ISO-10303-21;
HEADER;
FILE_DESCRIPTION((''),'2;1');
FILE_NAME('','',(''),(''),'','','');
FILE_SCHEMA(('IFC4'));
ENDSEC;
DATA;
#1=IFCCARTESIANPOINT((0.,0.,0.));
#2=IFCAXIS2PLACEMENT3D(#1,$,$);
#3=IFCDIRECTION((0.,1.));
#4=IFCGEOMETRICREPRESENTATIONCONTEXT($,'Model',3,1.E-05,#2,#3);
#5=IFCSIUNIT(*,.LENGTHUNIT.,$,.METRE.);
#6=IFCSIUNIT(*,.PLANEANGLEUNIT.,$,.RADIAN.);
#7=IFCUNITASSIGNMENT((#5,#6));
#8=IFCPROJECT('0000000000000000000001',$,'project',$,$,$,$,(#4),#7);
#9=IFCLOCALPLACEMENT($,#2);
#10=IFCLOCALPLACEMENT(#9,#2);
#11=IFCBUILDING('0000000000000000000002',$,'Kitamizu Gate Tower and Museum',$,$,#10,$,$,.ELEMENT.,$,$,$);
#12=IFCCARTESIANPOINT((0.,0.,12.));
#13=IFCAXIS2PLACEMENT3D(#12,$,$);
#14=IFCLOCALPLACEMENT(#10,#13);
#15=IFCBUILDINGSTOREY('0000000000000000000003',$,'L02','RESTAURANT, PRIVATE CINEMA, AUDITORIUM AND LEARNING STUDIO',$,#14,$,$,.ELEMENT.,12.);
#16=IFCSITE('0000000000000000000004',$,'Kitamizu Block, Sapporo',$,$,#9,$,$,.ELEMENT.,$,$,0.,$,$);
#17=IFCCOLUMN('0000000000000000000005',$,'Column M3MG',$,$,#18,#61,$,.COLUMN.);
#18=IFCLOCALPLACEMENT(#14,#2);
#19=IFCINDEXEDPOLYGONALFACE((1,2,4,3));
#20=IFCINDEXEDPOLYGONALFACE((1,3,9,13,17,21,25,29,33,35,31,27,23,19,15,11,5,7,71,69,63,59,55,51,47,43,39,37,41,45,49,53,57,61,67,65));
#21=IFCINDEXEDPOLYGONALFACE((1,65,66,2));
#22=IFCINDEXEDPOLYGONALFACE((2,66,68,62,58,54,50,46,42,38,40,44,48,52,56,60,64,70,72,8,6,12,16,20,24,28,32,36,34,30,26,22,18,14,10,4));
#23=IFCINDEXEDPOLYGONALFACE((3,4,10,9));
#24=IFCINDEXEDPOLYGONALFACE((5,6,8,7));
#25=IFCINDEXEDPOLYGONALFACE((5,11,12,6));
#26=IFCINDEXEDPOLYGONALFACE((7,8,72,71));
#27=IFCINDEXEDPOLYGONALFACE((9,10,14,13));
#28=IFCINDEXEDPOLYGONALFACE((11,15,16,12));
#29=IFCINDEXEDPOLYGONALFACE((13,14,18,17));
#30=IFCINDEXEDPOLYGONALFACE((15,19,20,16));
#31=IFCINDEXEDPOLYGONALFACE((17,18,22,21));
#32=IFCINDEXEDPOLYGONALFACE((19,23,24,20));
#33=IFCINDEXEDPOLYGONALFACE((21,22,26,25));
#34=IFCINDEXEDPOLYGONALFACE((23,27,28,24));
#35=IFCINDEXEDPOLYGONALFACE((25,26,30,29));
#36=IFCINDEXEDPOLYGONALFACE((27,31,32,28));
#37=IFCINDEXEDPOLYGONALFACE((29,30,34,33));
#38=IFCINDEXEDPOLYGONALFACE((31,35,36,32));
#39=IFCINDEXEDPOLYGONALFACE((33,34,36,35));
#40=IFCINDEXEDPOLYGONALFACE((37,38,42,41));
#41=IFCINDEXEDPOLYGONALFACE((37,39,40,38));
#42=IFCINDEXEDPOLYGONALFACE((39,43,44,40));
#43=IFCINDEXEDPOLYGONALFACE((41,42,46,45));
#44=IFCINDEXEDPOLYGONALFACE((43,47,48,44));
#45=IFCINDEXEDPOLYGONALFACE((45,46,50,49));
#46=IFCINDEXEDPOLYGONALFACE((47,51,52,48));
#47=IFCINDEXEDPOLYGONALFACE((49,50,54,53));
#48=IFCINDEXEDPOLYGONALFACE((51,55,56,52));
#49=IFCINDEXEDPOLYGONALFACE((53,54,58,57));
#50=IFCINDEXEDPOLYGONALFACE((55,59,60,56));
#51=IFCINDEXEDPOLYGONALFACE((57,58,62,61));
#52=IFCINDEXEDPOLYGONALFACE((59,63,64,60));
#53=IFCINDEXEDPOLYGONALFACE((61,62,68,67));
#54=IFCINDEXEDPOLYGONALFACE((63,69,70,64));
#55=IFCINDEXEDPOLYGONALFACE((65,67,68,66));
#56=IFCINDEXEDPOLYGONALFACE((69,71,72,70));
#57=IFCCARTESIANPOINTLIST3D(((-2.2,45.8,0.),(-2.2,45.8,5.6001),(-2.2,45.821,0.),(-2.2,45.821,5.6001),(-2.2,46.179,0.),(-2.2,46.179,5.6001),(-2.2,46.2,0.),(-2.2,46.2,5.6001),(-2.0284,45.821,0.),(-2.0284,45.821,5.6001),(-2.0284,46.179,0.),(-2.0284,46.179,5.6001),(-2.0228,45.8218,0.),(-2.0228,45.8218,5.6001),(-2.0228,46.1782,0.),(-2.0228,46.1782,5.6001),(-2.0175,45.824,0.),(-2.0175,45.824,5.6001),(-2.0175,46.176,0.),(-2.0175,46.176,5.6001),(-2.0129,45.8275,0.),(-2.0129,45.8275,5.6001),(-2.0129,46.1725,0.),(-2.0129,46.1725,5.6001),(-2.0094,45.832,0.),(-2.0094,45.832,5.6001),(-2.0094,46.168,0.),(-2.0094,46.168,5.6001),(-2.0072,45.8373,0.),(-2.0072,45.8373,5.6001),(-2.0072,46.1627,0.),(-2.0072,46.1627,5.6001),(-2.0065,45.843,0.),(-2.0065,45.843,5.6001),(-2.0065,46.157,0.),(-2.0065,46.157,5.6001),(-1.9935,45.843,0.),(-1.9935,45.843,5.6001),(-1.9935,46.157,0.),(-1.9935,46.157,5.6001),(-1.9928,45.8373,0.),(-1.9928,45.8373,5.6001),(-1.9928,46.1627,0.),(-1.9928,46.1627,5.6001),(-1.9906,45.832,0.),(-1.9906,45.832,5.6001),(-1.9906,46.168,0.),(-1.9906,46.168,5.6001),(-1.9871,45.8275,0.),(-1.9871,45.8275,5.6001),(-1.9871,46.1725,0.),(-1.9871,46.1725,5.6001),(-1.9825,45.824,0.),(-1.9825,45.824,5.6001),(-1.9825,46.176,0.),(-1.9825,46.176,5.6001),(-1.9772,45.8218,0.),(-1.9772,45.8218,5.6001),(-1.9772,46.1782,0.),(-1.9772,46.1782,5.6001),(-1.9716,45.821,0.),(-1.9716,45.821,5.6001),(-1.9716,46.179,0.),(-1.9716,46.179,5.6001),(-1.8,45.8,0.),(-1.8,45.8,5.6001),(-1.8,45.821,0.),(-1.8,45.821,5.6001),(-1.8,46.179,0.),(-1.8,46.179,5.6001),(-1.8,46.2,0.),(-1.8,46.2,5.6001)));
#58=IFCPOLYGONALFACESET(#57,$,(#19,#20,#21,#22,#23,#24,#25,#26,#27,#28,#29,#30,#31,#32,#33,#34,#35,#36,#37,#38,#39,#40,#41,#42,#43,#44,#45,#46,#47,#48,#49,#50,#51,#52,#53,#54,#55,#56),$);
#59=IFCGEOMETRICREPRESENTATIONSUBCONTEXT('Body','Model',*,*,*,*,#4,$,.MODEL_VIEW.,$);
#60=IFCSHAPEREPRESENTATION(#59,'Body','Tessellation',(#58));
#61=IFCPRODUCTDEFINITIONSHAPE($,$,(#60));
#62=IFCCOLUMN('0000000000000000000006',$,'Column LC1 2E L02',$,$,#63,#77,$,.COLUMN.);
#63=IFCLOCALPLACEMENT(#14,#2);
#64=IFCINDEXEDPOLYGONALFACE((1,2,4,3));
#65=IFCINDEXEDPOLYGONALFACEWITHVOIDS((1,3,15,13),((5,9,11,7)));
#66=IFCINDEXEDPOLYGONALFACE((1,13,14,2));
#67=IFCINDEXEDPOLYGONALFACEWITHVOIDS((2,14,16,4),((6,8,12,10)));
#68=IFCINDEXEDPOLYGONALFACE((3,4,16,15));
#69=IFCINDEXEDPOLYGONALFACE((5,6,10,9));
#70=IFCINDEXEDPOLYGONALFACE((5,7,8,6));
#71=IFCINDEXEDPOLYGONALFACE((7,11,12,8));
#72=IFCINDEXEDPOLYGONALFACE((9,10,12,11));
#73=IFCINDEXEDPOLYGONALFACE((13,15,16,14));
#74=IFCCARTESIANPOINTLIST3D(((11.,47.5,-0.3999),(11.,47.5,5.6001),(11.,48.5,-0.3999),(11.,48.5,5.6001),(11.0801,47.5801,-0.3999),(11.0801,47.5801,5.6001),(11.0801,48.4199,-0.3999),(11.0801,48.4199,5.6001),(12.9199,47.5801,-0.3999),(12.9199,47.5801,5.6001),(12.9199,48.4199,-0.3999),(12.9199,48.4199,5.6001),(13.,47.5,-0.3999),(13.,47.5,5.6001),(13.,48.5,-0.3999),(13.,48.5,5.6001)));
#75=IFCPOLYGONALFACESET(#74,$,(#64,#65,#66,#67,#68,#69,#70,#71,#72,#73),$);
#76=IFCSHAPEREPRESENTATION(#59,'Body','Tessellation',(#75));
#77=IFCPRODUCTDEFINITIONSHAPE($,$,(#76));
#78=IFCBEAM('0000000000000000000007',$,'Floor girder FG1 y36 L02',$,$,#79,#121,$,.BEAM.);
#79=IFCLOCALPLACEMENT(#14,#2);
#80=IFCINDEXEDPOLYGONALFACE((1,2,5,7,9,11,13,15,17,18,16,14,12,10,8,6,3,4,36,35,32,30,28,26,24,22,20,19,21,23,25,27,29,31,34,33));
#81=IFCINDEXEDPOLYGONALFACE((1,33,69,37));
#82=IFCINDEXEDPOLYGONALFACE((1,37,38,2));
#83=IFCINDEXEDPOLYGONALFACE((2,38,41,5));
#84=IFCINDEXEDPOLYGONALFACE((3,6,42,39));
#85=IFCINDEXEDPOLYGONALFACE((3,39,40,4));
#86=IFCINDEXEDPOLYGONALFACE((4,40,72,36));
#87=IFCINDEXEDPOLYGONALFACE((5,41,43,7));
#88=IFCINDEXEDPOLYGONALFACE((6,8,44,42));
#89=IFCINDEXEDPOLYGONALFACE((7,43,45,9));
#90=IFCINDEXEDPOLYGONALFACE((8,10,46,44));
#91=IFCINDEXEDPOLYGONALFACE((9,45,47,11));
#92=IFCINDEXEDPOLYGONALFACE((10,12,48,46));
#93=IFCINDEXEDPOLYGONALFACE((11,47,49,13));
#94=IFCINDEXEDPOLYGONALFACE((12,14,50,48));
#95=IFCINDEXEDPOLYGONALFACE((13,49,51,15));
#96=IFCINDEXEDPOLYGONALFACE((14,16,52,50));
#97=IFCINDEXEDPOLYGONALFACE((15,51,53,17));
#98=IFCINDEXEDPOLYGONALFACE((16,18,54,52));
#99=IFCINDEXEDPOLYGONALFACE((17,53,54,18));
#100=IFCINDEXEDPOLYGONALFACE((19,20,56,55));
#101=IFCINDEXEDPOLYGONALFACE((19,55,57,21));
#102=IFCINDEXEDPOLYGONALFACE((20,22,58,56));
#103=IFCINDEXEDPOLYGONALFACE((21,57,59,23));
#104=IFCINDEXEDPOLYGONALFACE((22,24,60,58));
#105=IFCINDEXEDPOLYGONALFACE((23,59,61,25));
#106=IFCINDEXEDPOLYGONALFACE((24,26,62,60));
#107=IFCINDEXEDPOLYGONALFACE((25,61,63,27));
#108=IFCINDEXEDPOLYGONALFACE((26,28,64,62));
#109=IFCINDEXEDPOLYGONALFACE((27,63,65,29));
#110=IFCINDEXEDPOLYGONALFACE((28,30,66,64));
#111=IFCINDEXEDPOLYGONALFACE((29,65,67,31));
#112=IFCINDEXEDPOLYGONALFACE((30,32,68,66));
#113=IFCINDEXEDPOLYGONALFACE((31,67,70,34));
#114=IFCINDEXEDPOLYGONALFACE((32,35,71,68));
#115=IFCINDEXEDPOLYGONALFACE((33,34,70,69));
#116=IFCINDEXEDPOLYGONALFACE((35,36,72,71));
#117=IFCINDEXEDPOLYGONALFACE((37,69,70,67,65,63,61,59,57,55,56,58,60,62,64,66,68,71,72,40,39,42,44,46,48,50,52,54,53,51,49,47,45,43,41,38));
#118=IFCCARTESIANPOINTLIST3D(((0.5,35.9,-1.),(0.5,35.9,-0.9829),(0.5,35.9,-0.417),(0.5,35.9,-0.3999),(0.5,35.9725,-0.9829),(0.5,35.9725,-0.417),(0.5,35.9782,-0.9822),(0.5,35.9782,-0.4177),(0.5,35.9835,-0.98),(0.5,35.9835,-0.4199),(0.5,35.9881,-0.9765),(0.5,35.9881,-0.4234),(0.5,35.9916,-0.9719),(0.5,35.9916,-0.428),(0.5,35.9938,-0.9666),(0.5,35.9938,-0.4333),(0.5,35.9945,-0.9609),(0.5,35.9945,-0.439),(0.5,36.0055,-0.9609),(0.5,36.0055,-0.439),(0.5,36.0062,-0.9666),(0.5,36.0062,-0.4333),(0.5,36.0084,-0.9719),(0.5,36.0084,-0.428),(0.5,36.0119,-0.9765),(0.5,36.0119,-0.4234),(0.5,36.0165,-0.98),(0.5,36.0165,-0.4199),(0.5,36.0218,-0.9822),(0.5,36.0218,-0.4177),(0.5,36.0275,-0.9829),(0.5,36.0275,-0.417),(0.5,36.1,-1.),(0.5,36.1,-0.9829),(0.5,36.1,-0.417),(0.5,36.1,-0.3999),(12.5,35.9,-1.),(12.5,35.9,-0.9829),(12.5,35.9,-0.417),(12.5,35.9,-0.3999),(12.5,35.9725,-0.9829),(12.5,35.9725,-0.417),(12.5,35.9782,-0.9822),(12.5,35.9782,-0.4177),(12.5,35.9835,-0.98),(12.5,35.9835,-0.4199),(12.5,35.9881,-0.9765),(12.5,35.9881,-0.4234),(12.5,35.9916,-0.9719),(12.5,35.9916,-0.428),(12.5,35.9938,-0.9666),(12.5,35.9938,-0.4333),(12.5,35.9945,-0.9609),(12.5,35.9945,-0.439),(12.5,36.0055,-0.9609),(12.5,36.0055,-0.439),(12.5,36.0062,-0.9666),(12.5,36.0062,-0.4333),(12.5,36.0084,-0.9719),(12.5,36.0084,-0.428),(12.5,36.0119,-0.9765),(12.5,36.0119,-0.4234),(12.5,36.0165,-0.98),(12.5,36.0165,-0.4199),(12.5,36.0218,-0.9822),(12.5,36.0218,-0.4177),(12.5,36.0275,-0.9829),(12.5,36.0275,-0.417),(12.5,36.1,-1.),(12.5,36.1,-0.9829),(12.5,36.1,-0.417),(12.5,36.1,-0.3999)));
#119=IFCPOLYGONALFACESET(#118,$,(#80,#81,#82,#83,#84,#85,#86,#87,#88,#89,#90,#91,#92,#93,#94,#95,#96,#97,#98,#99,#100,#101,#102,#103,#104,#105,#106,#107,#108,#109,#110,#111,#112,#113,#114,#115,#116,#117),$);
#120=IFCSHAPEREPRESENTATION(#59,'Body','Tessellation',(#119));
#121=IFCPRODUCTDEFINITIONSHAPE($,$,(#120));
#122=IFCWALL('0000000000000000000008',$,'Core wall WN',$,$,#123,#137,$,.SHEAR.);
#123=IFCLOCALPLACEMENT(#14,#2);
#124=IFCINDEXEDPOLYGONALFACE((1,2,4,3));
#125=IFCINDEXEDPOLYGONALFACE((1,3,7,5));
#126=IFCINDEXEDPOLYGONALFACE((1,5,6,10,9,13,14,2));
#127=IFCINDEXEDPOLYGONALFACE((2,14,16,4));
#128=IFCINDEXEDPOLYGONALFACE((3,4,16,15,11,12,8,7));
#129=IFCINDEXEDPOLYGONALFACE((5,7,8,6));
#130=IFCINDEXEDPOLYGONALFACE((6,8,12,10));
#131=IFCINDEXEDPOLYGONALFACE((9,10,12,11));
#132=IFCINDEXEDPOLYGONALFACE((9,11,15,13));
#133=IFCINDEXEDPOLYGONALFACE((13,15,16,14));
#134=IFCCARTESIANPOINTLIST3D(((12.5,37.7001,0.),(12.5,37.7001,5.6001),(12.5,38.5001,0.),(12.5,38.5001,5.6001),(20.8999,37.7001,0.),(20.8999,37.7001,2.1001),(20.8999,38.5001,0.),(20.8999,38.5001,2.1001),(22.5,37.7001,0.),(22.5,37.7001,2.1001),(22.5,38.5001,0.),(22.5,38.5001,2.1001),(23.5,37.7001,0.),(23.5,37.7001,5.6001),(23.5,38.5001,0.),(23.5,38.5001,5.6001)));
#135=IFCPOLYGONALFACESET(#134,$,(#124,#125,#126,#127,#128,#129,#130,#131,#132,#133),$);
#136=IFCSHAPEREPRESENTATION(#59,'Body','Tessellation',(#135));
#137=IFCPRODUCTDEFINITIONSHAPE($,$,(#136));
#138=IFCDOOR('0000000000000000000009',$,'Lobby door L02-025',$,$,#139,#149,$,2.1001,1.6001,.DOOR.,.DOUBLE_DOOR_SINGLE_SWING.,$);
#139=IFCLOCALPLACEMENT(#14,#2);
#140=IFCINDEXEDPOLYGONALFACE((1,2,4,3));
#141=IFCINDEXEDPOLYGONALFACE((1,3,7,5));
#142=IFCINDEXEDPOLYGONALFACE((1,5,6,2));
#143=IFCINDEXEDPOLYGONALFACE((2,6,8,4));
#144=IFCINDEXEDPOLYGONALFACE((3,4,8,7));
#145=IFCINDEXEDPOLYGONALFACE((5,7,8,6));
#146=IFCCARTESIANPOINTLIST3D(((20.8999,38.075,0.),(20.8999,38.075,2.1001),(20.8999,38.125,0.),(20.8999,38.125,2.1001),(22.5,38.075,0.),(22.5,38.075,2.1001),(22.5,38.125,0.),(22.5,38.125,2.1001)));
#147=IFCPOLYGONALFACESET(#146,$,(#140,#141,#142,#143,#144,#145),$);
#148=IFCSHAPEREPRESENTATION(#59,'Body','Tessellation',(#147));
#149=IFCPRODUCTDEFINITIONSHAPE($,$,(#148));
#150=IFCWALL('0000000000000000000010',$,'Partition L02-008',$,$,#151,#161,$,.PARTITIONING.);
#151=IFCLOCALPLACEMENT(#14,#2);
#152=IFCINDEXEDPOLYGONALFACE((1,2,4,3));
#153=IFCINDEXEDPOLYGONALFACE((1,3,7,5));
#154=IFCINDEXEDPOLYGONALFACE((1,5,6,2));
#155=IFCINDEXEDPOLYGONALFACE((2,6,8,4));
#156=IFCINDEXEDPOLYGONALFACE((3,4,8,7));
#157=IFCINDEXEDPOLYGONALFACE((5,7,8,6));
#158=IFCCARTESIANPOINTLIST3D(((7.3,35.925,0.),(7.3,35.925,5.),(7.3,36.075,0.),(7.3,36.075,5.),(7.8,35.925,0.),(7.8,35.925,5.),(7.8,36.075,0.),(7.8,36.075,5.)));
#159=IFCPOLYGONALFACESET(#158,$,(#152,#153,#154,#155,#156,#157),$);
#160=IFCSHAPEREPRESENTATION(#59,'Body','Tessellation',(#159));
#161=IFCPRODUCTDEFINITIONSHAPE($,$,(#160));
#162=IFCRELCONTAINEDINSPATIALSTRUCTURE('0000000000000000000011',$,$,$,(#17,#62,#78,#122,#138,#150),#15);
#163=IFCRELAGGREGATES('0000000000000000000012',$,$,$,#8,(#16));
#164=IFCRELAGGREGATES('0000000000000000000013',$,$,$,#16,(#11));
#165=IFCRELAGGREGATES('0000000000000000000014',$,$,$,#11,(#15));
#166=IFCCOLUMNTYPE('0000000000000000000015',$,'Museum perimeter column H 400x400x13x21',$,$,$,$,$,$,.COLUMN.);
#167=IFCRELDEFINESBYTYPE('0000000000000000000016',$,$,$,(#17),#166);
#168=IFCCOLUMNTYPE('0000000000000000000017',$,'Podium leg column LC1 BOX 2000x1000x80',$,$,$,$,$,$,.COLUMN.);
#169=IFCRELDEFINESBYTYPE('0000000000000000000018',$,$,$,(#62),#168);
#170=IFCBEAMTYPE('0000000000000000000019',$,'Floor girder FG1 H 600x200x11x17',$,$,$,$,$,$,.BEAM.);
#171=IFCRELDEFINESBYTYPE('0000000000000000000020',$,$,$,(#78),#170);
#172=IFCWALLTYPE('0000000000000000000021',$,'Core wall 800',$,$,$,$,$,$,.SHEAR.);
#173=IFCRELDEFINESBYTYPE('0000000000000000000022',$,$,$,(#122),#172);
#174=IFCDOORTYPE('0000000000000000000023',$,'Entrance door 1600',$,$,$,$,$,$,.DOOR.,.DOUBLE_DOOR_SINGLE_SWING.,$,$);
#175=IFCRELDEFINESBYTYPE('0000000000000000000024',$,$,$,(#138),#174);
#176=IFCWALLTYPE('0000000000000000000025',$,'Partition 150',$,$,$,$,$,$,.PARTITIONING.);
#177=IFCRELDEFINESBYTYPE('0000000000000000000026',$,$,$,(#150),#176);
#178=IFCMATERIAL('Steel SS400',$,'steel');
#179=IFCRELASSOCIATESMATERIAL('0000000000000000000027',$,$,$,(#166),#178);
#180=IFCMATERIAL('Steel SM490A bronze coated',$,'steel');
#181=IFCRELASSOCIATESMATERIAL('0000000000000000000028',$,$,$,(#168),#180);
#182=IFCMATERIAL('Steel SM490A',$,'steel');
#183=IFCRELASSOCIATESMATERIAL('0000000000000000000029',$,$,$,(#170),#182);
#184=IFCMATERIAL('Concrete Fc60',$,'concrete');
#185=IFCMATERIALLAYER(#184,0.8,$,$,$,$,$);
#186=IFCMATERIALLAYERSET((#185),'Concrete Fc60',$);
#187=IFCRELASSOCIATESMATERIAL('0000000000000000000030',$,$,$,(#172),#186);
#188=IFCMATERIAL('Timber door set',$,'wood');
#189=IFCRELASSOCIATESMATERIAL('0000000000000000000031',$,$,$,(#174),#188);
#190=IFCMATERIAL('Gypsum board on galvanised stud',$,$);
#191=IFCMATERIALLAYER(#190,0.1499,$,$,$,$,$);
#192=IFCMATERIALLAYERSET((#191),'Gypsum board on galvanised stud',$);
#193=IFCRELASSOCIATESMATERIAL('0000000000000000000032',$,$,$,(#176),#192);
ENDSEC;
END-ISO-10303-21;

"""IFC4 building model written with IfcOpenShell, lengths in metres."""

from ifc_helpers import new_model, si_unit, direction, frame, frame_2d, origin, origin_2d, place, context, subcontext, project, spatial, rectangle, hollow_rectangle, i_section, extrude, material, layer, layer_set, material_profile, profile_set, type_object, element, fill, save


model = new_model("IFC4")

# Units and contexts
model_context = context("Model", 3, precision=1e-05, world=origin(), true_north=direction((0.0, 1.0)))
body_context = subcontext(model_context, "Body", "Model", "MODEL_VIEW")
ifc_project = project(units=[si_unit("LENGTHUNIT", "METRE"), si_unit("PLANEANGLEUNIT", "RADIAN")], contexts=[model_context])

# Site, building, storey
site_placement = place(None, origin())
site = spatial("IfcSite", under=ifc_project, at=site_placement, Name="Kitamizu Block, Sapporo", CompositionType="ELEMENT", RefElevation=0.0)
building_placement = place(site_placement, origin())
building = spatial("IfcBuilding", under=site, at=building_placement, Name="Kitamizu Gate Tower and Museum", CompositionType="ELEMENT")
storey_placement = place(building_placement, frame((0.0, 0.0, 12.0)))
storey = spatial("IfcBuildingStorey", under=building, at=storey_placement, Name="L02", Description="RESTAURANT, PRIVATE CINEMA, AUDITORIUM AND LEARNING STUDIO", CompositionType="ELEMENT", Elevation=12.0)

# Columns
ifc_material_1 = material(Name="Steel SS400", Category="steel")
ifc_material_profile_1 = material_profile(ifc_material_1, i_section(OverallWidth=0.3999, OverallDepth=0.3999, WebThickness=0.0129, FlangeThickness=0.021, FilletRadius=0.022, at=origin_2d()), Name="H-400x400x13x21")
ifc_profile_set_1 = profile_set([ifc_material_profile_1], Name="Steel SS400")
column_type_1 = type_object("IfcColumnType", Name="Museum perimeter column H 400x400x13x21", PredefinedType="COLUMN", material=ifc_profile_set_1)
column_1_placement = place(storey_placement, frame((-2.0, 46.0, 0.0), z_axis=(0.0, 0.0, 1.0), x_axis=(1.0, 0.0, 0.0)))
element("IfcColumn", 1, at=column_1_placement, inside=storey, type_object=column_type_1, Name="Column M3MG", PredefinedType="COLUMN", context=body_context, shape_type="SweptSolid", body=[
    extrude(i_section(OverallWidth=0.3999, OverallDepth=0.3999, WebThickness=0.0129, FlangeThickness=0.021, FilletRadius=0.022, at=origin_2d()), origin(), (0.0, 0.0, 1.0), 5.6001),
])
ifc_material_2 = material(Name="Steel SM490A bronze coated", Category="steel")
ifc_material_profile_2 = material_profile(ifc_material_2, hollow_rectangle(XDim=2.0, YDim=1.0, WallThickness=0.0801, at=origin_2d()), Name="BOX 2000x1000x80")
ifc_profile_set_2 = profile_set([ifc_material_profile_2], Name="Steel SM490A bronze coated")
column_type_2 = type_object("IfcColumnType", Name="Podium leg column LC1 BOX 2000x1000x80", PredefinedType="COLUMN", material=ifc_profile_set_2)
column_2_placement = place(storey_placement, frame((12.0, 48.0, -0.3999), z_axis=(0.0, 0.0, 1.0), x_axis=(1.0, 0.0, 0.0)))
element("IfcColumn", 2, at=column_2_placement, inside=storey, type_object=column_type_2, Name="Column LC1 2E L02", PredefinedType="COLUMN", context=body_context, shape_type="SweptSolid", body=[
    extrude(hollow_rectangle(XDim=2.0, YDim=1.0, WallThickness=0.0801, at=origin_2d()), origin(), (0.0, 0.0, 1.0), 6.0),
])

# Beam
ifc_material_3 = material(Name="Steel SM490A", Category="steel")
ifc_material_profile_3 = material_profile(ifc_material_3, i_section(OverallWidth=0.2, OverallDepth=0.6001, WebThickness=0.011, FlangeThickness=0.0171, FilletRadius=0.022, at=origin_2d()), Name="H-600x200x11x17")
ifc_profile_set_3 = profile_set([ifc_material_profile_3], Name="Steel SM490A")
beam_type = type_object("IfcBeamType", Name="Floor girder FG1 H 600x200x11x17", PredefinedType="BEAM", material=ifc_profile_set_3)
beam_placement = place(storey_placement, frame((0.5, 36.0, -0.7), z_axis=(1.0, 0.0, 0.0), x_axis=(0.0, 1.0, 0.0)))
element("IfcBeam", 3, at=beam_placement, inside=storey, type_object=beam_type, Name="Floor girder FG1 y36 L02", PredefinedType="BEAM", context=body_context, shape_type="SweptSolid", body=[
    extrude(i_section(OverallWidth=0.2, OverallDepth=0.6001, WebThickness=0.011, FlangeThickness=0.0171, FilletRadius=0.022, at=origin_2d()), origin(), (0.0, 0.0, 1.0), 12.0),
])

# Wall, opening, door
ifc_material_4 = material(Name="Concrete Fc60", Category="concrete")
ifc_layer_1 = layer(ifc_material_4, 0.8)
ifc_layer_set_1 = layer_set([ifc_layer_1], Name="Concrete Fc60")
wall_type_1 = type_object("IfcWallType", Name="Core wall 800", PredefinedType="SHEAR", material=ifc_layer_set_1)
wall_1_placement = place(storey_placement, frame((12.5, 38.1001, 0.0), z_axis=(0.0, 0.0, 1.0), x_axis=(1.0, 0.0, 0.0)))
wall_1 = element("IfcWall", 4, at=wall_1_placement, inside=storey, type_object=wall_type_1, Name="Core wall WN", PredefinedType="SHEAR", context=body_context, shape_type="SweptSolid", body=[
    extrude(rectangle(XDim=11.0, YDim=0.8, at=frame_2d((5.5, 0.0))), origin(), (0.0, 0.0, 1.0), 5.6001),
])
opening_1_placement = place(wall_1_placement, frame((8.3999, 0.0, 0.0)))
opening_1 = element("IfcOpeningElement", 5, at=opening_1_placement, cuts=wall_1, PredefinedType="OPENING", context=body_context, shape_type="SweptSolid", body=[
    extrude(rectangle(XDim=1.6001, YDim=2.1001, at=frame_2d((0.8, 1.05))), frame((0.0, 0.4102, 0.0), z_axis=(0.0, -1.0, 0.0), x_axis=(1.0, 0.0, 0.0)), (0.0, 0.0, 1.0), 0.8201),
])
ifc_material_5 = material(Name="Timber door set", Category="wood")
door_type_1 = type_object("IfcDoorType", Name="Entrance door 1600", OperationType="DOUBLE_DOOR_SINGLE_SWING", PredefinedType="DOOR", material=ifc_material_5)
door_1_placement = place(opening_1_placement, origin())
door_1 = element("IfcDoor", 6, at=door_1_placement, inside=storey, type_object=door_type_1, Name="Lobby door L02-025", OperationType="DOUBLE_DOOR_SINGLE_SWING", OverallHeight=2.1001, OverallWidth=1.6001, PredefinedType="DOOR", context=body_context, shape_type="SweptSolid", body=[
    extrude(rectangle(XDim=1.6001, YDim=2.1001, at=frame_2d((0.8, 1.05))), frame((0.0, 0.0249, 0.0), z_axis=(0.0, -1.0, 0.0), x_axis=(1.0, 0.0, 0.0)), (0.0, 0.0, 1.0), 0.05),
])
fill(opening_1, door_1)

# Wall
ifc_material_6 = material(Name="Gypsum board on galvanised stud")
ifc_layer_2 = layer(ifc_material_6, 0.1499)
ifc_layer_set_2 = layer_set([ifc_layer_2], Name="Gypsum board on galvanised stud")
wall_type_2 = type_object("IfcWallType", Name="Partition 150", PredefinedType="PARTITIONING", material=ifc_layer_set_2)
wall_2_placement = place(storey_placement, frame((7.3, 36.0, 0.0), z_axis=(0.0, 0.0, 1.0), x_axis=(1.0, 0.0, 0.0)))
element("IfcWall", 7, at=wall_2_placement, inside=storey, type_object=wall_type_2, Name="Partition L02-008", PredefinedType="PARTITIONING", context=body_context, shape_type="SweptSolid", body=[
    extrude(rectangle(XDim=0.5, YDim=0.1499, at=frame_2d((0.25, 0.0))), origin(), (0.0, 0.0, 1.0), 5.0),
])

save(model, "model.ifc")
